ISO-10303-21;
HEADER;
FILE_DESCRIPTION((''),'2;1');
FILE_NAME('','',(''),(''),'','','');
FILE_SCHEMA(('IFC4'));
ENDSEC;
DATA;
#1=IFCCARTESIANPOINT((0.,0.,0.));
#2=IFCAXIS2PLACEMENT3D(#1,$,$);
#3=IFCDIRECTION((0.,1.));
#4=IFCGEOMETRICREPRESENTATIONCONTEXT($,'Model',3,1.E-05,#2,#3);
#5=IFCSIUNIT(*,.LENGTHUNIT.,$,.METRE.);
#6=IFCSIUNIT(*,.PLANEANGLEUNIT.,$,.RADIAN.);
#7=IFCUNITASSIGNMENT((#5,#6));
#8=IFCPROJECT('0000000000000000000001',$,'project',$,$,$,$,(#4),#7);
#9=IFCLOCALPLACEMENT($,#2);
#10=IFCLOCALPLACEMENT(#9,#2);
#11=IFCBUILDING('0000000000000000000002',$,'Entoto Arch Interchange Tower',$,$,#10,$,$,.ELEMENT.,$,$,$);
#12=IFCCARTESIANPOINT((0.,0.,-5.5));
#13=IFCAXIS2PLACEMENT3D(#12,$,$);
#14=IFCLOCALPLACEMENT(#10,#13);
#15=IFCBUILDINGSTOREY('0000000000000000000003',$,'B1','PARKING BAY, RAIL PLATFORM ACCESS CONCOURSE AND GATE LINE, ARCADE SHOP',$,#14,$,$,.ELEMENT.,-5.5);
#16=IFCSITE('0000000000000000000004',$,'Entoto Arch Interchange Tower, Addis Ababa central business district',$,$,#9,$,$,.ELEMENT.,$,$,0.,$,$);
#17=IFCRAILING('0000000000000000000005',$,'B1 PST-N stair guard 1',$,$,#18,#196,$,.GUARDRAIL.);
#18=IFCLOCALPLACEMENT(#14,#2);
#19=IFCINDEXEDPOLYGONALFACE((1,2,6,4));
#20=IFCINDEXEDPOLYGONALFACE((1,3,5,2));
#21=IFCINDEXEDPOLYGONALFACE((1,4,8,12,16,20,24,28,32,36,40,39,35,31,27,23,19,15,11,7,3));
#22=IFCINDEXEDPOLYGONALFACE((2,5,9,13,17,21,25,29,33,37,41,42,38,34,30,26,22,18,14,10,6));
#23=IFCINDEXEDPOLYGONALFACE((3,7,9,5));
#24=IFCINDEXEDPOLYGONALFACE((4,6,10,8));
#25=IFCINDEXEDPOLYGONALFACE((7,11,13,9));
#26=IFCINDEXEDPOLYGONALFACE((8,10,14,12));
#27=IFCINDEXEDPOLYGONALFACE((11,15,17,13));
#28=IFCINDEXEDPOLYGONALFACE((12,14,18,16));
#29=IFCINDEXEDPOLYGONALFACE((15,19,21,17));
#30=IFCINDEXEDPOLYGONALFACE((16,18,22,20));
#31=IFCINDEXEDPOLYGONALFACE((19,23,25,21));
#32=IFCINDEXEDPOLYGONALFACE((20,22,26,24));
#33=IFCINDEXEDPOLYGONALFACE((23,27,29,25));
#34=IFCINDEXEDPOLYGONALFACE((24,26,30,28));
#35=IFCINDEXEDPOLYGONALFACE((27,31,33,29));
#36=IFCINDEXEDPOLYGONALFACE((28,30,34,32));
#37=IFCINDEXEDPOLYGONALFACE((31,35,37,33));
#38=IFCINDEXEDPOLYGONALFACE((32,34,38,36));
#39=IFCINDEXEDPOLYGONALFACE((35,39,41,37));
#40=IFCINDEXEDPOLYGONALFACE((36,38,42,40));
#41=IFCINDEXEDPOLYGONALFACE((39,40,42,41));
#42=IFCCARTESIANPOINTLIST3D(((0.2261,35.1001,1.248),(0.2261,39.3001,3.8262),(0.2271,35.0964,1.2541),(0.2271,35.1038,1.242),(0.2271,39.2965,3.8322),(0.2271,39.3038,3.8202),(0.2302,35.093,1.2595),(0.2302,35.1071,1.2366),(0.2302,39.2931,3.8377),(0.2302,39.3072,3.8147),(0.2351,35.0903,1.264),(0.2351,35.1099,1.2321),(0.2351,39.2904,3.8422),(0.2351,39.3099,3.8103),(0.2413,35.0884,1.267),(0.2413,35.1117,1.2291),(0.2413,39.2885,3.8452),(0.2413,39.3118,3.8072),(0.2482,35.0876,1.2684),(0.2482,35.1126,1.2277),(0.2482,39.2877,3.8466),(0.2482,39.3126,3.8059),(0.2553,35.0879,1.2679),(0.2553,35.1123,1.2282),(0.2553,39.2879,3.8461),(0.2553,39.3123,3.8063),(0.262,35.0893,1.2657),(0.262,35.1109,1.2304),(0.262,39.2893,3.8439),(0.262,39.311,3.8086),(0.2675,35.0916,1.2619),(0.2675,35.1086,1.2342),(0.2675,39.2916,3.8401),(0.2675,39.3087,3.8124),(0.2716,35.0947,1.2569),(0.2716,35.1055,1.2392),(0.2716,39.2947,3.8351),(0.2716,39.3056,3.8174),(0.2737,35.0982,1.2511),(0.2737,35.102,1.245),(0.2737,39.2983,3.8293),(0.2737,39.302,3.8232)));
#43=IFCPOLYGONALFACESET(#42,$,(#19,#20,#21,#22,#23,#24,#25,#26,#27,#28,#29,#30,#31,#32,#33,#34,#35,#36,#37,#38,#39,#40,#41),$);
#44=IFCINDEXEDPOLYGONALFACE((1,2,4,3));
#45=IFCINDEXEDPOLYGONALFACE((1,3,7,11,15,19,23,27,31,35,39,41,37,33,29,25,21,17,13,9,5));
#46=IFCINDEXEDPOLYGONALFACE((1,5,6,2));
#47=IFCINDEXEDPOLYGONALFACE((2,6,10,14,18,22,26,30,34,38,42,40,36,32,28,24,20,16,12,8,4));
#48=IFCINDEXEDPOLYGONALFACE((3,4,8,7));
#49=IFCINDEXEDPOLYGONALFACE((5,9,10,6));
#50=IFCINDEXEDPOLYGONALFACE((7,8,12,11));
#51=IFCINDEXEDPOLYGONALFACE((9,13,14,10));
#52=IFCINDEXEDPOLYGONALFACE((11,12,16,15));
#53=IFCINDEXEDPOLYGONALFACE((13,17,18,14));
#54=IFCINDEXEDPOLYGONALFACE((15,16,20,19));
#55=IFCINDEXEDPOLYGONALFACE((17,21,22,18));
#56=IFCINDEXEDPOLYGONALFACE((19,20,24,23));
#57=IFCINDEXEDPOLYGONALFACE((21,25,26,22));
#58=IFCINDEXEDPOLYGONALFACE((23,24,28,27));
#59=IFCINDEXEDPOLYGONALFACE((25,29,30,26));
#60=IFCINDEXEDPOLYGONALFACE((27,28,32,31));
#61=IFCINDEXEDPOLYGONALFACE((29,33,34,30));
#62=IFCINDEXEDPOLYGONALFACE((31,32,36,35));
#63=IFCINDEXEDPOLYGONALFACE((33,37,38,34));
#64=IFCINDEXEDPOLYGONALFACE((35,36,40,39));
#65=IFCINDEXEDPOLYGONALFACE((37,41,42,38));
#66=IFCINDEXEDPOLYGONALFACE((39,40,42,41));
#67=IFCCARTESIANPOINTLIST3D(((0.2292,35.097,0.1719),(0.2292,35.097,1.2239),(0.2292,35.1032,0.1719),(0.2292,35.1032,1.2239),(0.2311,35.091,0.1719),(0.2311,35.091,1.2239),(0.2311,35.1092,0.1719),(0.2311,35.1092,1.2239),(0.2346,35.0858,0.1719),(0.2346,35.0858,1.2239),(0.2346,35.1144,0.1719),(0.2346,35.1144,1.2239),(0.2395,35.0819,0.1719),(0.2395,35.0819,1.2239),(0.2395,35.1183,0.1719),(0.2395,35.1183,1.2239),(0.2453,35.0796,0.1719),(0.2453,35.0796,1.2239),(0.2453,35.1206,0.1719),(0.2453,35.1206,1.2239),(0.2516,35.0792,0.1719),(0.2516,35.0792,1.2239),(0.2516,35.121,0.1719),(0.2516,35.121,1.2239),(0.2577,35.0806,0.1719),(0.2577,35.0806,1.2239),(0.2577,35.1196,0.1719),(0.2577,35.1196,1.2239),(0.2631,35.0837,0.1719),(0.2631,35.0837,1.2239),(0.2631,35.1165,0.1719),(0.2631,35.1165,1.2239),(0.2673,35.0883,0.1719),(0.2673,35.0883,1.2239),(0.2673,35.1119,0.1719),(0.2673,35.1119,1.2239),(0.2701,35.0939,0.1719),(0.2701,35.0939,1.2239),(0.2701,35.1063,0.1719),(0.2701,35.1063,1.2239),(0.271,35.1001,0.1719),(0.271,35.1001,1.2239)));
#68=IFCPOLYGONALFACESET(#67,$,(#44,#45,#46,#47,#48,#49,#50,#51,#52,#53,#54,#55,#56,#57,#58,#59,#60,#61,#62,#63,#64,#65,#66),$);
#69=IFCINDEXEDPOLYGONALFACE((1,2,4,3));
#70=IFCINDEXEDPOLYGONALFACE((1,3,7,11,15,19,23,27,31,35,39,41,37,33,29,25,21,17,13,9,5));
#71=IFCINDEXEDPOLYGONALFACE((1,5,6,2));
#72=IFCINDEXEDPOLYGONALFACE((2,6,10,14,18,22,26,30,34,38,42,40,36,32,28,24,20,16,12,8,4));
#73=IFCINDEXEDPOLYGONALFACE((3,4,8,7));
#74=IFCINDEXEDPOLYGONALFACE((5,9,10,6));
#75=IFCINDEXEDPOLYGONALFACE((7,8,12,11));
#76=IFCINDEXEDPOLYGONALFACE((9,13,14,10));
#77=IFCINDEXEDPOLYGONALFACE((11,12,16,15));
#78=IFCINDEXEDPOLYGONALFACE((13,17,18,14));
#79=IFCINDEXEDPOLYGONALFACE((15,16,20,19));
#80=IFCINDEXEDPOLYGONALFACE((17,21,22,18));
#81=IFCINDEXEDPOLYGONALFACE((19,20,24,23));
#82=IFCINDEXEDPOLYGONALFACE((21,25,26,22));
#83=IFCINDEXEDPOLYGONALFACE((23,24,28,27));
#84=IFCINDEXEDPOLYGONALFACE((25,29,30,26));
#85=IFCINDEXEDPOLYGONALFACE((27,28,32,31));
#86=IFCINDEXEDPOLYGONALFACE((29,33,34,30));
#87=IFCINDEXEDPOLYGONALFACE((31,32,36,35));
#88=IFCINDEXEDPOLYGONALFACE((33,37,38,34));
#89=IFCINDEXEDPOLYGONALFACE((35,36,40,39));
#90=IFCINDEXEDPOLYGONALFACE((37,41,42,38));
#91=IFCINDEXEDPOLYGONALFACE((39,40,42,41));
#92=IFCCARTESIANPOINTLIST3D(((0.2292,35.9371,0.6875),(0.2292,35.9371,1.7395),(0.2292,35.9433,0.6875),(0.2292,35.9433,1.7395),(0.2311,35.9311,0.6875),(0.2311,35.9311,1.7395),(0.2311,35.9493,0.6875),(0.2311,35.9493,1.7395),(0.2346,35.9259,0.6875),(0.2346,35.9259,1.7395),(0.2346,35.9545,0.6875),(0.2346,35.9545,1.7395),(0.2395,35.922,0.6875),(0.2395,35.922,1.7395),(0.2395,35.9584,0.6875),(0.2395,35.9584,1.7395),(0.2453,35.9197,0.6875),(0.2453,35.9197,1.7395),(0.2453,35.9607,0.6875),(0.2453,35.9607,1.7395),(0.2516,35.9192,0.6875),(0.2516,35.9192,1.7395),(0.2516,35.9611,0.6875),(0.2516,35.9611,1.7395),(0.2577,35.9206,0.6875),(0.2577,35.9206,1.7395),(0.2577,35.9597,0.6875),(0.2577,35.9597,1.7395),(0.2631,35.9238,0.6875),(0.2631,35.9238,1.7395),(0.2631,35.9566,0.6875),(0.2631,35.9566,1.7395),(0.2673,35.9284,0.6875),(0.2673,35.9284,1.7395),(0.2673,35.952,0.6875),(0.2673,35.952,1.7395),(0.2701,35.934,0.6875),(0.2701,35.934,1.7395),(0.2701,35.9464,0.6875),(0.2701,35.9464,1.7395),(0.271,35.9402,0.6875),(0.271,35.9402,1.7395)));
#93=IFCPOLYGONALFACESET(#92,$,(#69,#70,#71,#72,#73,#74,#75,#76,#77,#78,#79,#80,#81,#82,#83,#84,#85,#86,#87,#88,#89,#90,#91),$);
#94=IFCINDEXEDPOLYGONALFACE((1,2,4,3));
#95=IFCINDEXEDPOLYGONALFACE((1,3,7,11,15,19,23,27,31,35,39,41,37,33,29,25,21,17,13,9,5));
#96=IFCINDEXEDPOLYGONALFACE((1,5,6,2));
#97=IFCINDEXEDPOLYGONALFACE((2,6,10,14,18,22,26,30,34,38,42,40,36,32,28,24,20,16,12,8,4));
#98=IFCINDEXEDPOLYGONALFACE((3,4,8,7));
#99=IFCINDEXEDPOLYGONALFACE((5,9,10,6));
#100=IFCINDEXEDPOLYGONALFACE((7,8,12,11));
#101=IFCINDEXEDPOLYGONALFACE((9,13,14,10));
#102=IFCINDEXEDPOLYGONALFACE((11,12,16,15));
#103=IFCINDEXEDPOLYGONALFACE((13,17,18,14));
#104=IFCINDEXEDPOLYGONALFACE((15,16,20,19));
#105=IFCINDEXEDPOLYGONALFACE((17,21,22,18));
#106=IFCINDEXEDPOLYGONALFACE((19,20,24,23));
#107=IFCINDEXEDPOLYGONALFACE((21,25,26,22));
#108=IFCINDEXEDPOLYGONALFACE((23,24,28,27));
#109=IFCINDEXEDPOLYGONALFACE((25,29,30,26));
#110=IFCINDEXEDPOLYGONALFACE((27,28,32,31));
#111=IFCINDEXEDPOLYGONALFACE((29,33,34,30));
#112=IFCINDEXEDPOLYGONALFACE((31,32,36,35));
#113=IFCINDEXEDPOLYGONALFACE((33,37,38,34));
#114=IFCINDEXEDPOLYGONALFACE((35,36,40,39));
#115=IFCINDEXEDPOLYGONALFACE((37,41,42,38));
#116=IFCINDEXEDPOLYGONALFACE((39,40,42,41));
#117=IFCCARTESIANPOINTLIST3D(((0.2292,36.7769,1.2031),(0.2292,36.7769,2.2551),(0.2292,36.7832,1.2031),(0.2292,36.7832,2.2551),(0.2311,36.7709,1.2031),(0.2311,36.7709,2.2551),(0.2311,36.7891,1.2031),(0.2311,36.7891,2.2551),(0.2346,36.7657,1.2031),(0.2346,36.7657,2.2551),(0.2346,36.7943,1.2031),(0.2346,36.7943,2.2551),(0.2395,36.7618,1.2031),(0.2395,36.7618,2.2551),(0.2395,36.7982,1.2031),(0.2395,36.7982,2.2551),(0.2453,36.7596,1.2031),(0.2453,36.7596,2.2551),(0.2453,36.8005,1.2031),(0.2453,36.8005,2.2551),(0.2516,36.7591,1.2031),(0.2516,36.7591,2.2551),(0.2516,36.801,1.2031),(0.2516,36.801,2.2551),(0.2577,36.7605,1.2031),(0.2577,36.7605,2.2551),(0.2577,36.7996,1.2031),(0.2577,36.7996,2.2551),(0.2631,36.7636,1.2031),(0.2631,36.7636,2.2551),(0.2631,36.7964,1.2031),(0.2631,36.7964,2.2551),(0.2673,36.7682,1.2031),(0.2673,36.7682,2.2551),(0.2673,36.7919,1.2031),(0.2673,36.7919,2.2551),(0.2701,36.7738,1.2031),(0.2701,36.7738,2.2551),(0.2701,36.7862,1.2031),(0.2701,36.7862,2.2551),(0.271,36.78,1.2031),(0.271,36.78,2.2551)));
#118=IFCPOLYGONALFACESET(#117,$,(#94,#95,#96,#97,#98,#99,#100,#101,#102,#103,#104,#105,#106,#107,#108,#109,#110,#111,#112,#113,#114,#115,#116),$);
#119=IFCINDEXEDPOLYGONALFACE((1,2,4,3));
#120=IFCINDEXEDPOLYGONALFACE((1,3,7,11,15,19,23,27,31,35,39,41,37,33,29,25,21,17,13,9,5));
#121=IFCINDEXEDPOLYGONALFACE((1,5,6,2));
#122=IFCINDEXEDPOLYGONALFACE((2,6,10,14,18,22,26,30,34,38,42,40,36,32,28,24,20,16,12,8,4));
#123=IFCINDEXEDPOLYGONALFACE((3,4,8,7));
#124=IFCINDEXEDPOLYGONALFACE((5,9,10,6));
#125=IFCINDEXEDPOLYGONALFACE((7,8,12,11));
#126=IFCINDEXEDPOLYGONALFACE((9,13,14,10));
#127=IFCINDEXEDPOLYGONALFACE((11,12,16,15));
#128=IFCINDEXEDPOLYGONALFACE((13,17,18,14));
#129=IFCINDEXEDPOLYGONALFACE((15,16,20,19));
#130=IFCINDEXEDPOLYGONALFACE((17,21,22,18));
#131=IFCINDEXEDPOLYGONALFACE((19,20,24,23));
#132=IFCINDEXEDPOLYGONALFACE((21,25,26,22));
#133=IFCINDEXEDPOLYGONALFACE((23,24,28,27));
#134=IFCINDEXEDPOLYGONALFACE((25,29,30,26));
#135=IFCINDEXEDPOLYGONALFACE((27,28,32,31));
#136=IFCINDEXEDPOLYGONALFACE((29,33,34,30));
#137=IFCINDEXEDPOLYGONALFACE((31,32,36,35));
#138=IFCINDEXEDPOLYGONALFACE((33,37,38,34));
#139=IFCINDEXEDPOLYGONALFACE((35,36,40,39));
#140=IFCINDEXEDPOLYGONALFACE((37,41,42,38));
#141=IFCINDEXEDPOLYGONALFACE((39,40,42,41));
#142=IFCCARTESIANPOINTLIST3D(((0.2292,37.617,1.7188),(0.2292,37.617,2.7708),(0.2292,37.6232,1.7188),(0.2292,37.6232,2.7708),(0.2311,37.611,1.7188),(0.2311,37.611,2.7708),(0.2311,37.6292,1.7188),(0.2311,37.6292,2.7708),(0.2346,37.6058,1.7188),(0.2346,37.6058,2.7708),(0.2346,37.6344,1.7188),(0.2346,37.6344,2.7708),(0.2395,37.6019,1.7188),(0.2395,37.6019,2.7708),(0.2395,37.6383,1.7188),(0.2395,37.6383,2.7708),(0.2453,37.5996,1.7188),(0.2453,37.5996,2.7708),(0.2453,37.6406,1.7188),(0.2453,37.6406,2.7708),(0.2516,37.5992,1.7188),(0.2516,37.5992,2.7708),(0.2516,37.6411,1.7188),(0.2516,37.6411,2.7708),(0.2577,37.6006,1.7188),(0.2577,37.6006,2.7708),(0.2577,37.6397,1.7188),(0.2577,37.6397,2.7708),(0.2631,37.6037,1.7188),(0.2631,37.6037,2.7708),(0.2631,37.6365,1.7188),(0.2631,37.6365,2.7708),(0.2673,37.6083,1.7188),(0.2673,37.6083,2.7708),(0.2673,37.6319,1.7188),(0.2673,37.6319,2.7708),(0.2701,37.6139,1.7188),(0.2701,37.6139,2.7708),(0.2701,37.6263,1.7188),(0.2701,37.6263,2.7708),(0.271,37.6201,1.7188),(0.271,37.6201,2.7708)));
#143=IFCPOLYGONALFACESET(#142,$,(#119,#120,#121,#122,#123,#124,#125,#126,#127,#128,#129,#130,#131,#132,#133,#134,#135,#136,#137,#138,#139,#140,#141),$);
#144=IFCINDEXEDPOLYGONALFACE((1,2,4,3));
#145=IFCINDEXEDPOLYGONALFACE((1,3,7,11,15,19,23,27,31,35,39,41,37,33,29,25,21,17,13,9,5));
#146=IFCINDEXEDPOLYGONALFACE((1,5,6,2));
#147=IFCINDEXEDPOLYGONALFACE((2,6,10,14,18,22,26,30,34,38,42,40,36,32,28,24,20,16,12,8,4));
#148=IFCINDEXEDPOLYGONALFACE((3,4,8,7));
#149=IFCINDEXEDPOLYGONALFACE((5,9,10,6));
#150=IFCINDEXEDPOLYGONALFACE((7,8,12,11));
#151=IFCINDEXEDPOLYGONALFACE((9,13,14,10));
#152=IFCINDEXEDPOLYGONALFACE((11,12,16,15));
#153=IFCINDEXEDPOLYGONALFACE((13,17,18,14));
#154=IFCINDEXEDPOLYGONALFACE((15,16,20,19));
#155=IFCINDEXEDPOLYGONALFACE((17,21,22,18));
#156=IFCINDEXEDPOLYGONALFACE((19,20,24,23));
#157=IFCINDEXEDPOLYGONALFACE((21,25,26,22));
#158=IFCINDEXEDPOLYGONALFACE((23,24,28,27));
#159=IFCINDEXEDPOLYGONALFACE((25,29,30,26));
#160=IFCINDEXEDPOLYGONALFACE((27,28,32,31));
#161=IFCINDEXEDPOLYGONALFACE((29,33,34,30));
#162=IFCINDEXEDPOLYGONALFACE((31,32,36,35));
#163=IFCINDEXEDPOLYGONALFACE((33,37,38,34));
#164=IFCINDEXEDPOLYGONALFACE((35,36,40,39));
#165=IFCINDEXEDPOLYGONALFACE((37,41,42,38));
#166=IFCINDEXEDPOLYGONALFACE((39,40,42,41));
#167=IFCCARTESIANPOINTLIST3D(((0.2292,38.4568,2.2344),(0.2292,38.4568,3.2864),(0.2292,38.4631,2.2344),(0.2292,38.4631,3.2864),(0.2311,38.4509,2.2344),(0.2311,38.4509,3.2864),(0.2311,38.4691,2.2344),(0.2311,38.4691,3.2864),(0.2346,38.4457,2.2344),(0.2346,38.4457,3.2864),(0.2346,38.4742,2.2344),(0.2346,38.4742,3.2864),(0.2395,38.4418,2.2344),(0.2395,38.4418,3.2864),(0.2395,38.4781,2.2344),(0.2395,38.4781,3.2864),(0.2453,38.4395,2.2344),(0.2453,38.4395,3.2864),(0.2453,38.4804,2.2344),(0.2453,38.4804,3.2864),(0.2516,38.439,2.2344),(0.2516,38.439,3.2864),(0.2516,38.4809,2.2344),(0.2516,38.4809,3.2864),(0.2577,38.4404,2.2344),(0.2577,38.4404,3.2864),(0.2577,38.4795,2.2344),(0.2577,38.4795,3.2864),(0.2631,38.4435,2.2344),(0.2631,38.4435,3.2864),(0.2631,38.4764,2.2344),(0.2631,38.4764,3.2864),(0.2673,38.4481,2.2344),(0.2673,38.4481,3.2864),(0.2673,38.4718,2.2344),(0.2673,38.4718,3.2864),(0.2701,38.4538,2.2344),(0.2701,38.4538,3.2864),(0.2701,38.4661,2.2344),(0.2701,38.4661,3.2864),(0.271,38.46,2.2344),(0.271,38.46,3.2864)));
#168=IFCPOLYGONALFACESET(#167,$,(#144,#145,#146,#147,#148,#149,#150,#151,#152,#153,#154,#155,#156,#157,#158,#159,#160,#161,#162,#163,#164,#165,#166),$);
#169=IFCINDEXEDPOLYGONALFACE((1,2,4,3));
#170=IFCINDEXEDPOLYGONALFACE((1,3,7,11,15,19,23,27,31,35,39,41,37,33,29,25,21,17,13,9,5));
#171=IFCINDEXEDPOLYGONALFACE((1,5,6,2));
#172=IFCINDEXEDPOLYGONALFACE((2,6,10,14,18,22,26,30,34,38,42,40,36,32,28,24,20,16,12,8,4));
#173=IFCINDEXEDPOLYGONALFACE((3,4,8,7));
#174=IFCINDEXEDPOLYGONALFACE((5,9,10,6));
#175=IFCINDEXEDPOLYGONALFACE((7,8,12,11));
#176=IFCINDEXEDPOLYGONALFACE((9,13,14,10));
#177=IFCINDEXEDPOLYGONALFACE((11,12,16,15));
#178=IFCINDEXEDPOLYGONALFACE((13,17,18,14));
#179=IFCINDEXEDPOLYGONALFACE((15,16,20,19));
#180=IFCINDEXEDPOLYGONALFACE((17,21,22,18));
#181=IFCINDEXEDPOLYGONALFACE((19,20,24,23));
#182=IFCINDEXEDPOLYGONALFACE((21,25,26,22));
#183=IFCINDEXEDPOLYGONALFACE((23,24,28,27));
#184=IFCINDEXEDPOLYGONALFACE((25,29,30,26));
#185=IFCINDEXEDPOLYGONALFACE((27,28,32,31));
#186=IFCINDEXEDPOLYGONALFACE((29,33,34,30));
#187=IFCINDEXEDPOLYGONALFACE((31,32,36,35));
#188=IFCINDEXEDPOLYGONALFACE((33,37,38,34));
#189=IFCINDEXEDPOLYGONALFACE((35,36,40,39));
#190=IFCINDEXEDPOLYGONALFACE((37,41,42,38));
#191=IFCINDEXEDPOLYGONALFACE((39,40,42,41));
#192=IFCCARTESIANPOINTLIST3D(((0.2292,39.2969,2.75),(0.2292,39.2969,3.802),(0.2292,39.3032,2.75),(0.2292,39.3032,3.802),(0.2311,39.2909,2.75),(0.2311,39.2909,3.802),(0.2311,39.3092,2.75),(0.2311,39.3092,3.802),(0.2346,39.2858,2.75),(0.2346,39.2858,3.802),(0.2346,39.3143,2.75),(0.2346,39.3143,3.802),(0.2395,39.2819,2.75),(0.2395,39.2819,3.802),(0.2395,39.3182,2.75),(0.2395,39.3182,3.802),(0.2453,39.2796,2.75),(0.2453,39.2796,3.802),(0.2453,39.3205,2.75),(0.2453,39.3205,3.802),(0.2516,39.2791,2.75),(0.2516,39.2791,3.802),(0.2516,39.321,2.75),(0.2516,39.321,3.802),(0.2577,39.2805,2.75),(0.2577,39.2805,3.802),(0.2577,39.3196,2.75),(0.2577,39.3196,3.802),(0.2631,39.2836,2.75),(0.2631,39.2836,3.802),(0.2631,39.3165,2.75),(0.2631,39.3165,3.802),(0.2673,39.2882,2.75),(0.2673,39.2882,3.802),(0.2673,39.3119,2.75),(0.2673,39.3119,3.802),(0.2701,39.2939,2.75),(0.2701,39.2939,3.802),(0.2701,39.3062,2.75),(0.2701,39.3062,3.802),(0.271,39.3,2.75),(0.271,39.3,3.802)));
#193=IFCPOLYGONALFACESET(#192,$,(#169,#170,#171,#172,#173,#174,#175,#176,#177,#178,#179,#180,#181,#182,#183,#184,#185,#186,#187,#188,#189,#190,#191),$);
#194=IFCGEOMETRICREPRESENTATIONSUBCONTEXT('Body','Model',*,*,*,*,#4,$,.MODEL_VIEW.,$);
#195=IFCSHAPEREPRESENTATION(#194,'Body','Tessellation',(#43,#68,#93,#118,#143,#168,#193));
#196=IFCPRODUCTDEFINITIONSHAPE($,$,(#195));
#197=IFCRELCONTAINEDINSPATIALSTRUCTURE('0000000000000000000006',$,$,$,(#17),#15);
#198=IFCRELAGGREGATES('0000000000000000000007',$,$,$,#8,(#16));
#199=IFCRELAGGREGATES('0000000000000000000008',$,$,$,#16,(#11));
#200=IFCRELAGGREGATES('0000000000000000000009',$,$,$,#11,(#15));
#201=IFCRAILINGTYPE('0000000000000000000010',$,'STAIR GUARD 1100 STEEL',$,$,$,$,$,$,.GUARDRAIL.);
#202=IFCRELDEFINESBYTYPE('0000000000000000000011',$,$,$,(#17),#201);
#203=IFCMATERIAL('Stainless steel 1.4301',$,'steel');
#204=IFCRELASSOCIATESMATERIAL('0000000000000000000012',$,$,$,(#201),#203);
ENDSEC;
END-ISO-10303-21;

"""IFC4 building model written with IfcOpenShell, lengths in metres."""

from ifc_helpers import new_model, si_unit, direction, frame, origin, origin_2d, place, context, subcontext, project, spatial, circle, extrude, material, type_object, element, save


model = new_model("IFC4")

# Units and contexts
model_context = context("Model", 3, precision=1e-05, world=origin(), true_north=direction((0.0, 1.0)))
body_context = subcontext(model_context, "Body", "Model", "MODEL_VIEW")
ifc_project = project(units=[si_unit("LENGTHUNIT", "METRE"), si_unit("PLANEANGLEUNIT", "RADIAN")], contexts=[model_context])

# Site, building, storey
site_placement = place(None, origin())
site = spatial("IfcSite", under=ifc_project, at=site_placement, Name="Entoto Arch Interchange Tower, Addis Ababa central business district", CompositionType="ELEMENT", RefElevation=0.0)
building_placement = place(site_placement, origin())
building = spatial("IfcBuilding", under=site, at=building_placement, Name="Entoto Arch Interchange Tower", CompositionType="ELEMENT")
storey_placement = place(building_placement, frame((0.0, 0.0, -5.5)))
storey = spatial("IfcBuildingStorey", under=building, at=storey_placement, Name="B1", Description="PARKING BAY, RAIL PLATFORM ACCESS CONCOURSE AND GATE LINE, ARCADE SHOP", CompositionType="ELEMENT", Elevation=-5.5)

# Railing
ifc_material_1 = material(Name="Stainless steel 1.4301", Category="steel")
railing_type_1 = type_object("IfcRailingType", Name="STAIR GUARD 1100 STEEL", PredefinedType="GUARDRAIL", material=ifc_material_1)
railing_1_placement = place(storey_placement, frame((0.25, 35.1001, 0.1719)))
element("IfcRailing", 1, at=railing_1_placement, inside=storey, type_object=railing_type_1, Name="B1 PST-N stair guard 1", PredefinedType="GUARDRAIL", context=body_context, shape_type="SweptSolid", body=[
    extrude(circle(Radius=0.0239, at=origin_2d()), frame((0.0, 0.0, 1.0762), z_axis=(0.0, 0.852243, 0.523146), x_axis=(-1.0, 0.0, 0.0)), (0.0, 0.0, 1.0), 4.9282),
    extrude(circle(Radius=0.021, at=origin_2d()), origin(), (0.0, 0.0, 1.0), 1.052),
    extrude(circle(Radius=0.021, at=origin_2d()), frame((0.0, 0.8401, 0.5156)), (0.0, 0.0, 1.0), 1.052),
    extrude(circle(Radius=0.021, at=origin_2d()), frame((0.0, 1.6799, 1.0312)), (0.0, 0.0, 1.0), 1.052),
    extrude(circle(Radius=0.021, at=origin_2d()), frame((0.0, 2.52, 1.5469)), (0.0, 0.0, 1.0), 1.052),
    extrude(circle(Radius=0.021, at=origin_2d()), frame((0.0, 3.3599, 2.0625)), (0.0, 0.0, 1.0), 1.052),
    extrude(circle(Radius=0.021, at=origin_2d()), frame((0.0, 4.2, 2.5781)), (0.0, 0.0, 1.0), 1.052),
])

save(model, "model.ifc")
